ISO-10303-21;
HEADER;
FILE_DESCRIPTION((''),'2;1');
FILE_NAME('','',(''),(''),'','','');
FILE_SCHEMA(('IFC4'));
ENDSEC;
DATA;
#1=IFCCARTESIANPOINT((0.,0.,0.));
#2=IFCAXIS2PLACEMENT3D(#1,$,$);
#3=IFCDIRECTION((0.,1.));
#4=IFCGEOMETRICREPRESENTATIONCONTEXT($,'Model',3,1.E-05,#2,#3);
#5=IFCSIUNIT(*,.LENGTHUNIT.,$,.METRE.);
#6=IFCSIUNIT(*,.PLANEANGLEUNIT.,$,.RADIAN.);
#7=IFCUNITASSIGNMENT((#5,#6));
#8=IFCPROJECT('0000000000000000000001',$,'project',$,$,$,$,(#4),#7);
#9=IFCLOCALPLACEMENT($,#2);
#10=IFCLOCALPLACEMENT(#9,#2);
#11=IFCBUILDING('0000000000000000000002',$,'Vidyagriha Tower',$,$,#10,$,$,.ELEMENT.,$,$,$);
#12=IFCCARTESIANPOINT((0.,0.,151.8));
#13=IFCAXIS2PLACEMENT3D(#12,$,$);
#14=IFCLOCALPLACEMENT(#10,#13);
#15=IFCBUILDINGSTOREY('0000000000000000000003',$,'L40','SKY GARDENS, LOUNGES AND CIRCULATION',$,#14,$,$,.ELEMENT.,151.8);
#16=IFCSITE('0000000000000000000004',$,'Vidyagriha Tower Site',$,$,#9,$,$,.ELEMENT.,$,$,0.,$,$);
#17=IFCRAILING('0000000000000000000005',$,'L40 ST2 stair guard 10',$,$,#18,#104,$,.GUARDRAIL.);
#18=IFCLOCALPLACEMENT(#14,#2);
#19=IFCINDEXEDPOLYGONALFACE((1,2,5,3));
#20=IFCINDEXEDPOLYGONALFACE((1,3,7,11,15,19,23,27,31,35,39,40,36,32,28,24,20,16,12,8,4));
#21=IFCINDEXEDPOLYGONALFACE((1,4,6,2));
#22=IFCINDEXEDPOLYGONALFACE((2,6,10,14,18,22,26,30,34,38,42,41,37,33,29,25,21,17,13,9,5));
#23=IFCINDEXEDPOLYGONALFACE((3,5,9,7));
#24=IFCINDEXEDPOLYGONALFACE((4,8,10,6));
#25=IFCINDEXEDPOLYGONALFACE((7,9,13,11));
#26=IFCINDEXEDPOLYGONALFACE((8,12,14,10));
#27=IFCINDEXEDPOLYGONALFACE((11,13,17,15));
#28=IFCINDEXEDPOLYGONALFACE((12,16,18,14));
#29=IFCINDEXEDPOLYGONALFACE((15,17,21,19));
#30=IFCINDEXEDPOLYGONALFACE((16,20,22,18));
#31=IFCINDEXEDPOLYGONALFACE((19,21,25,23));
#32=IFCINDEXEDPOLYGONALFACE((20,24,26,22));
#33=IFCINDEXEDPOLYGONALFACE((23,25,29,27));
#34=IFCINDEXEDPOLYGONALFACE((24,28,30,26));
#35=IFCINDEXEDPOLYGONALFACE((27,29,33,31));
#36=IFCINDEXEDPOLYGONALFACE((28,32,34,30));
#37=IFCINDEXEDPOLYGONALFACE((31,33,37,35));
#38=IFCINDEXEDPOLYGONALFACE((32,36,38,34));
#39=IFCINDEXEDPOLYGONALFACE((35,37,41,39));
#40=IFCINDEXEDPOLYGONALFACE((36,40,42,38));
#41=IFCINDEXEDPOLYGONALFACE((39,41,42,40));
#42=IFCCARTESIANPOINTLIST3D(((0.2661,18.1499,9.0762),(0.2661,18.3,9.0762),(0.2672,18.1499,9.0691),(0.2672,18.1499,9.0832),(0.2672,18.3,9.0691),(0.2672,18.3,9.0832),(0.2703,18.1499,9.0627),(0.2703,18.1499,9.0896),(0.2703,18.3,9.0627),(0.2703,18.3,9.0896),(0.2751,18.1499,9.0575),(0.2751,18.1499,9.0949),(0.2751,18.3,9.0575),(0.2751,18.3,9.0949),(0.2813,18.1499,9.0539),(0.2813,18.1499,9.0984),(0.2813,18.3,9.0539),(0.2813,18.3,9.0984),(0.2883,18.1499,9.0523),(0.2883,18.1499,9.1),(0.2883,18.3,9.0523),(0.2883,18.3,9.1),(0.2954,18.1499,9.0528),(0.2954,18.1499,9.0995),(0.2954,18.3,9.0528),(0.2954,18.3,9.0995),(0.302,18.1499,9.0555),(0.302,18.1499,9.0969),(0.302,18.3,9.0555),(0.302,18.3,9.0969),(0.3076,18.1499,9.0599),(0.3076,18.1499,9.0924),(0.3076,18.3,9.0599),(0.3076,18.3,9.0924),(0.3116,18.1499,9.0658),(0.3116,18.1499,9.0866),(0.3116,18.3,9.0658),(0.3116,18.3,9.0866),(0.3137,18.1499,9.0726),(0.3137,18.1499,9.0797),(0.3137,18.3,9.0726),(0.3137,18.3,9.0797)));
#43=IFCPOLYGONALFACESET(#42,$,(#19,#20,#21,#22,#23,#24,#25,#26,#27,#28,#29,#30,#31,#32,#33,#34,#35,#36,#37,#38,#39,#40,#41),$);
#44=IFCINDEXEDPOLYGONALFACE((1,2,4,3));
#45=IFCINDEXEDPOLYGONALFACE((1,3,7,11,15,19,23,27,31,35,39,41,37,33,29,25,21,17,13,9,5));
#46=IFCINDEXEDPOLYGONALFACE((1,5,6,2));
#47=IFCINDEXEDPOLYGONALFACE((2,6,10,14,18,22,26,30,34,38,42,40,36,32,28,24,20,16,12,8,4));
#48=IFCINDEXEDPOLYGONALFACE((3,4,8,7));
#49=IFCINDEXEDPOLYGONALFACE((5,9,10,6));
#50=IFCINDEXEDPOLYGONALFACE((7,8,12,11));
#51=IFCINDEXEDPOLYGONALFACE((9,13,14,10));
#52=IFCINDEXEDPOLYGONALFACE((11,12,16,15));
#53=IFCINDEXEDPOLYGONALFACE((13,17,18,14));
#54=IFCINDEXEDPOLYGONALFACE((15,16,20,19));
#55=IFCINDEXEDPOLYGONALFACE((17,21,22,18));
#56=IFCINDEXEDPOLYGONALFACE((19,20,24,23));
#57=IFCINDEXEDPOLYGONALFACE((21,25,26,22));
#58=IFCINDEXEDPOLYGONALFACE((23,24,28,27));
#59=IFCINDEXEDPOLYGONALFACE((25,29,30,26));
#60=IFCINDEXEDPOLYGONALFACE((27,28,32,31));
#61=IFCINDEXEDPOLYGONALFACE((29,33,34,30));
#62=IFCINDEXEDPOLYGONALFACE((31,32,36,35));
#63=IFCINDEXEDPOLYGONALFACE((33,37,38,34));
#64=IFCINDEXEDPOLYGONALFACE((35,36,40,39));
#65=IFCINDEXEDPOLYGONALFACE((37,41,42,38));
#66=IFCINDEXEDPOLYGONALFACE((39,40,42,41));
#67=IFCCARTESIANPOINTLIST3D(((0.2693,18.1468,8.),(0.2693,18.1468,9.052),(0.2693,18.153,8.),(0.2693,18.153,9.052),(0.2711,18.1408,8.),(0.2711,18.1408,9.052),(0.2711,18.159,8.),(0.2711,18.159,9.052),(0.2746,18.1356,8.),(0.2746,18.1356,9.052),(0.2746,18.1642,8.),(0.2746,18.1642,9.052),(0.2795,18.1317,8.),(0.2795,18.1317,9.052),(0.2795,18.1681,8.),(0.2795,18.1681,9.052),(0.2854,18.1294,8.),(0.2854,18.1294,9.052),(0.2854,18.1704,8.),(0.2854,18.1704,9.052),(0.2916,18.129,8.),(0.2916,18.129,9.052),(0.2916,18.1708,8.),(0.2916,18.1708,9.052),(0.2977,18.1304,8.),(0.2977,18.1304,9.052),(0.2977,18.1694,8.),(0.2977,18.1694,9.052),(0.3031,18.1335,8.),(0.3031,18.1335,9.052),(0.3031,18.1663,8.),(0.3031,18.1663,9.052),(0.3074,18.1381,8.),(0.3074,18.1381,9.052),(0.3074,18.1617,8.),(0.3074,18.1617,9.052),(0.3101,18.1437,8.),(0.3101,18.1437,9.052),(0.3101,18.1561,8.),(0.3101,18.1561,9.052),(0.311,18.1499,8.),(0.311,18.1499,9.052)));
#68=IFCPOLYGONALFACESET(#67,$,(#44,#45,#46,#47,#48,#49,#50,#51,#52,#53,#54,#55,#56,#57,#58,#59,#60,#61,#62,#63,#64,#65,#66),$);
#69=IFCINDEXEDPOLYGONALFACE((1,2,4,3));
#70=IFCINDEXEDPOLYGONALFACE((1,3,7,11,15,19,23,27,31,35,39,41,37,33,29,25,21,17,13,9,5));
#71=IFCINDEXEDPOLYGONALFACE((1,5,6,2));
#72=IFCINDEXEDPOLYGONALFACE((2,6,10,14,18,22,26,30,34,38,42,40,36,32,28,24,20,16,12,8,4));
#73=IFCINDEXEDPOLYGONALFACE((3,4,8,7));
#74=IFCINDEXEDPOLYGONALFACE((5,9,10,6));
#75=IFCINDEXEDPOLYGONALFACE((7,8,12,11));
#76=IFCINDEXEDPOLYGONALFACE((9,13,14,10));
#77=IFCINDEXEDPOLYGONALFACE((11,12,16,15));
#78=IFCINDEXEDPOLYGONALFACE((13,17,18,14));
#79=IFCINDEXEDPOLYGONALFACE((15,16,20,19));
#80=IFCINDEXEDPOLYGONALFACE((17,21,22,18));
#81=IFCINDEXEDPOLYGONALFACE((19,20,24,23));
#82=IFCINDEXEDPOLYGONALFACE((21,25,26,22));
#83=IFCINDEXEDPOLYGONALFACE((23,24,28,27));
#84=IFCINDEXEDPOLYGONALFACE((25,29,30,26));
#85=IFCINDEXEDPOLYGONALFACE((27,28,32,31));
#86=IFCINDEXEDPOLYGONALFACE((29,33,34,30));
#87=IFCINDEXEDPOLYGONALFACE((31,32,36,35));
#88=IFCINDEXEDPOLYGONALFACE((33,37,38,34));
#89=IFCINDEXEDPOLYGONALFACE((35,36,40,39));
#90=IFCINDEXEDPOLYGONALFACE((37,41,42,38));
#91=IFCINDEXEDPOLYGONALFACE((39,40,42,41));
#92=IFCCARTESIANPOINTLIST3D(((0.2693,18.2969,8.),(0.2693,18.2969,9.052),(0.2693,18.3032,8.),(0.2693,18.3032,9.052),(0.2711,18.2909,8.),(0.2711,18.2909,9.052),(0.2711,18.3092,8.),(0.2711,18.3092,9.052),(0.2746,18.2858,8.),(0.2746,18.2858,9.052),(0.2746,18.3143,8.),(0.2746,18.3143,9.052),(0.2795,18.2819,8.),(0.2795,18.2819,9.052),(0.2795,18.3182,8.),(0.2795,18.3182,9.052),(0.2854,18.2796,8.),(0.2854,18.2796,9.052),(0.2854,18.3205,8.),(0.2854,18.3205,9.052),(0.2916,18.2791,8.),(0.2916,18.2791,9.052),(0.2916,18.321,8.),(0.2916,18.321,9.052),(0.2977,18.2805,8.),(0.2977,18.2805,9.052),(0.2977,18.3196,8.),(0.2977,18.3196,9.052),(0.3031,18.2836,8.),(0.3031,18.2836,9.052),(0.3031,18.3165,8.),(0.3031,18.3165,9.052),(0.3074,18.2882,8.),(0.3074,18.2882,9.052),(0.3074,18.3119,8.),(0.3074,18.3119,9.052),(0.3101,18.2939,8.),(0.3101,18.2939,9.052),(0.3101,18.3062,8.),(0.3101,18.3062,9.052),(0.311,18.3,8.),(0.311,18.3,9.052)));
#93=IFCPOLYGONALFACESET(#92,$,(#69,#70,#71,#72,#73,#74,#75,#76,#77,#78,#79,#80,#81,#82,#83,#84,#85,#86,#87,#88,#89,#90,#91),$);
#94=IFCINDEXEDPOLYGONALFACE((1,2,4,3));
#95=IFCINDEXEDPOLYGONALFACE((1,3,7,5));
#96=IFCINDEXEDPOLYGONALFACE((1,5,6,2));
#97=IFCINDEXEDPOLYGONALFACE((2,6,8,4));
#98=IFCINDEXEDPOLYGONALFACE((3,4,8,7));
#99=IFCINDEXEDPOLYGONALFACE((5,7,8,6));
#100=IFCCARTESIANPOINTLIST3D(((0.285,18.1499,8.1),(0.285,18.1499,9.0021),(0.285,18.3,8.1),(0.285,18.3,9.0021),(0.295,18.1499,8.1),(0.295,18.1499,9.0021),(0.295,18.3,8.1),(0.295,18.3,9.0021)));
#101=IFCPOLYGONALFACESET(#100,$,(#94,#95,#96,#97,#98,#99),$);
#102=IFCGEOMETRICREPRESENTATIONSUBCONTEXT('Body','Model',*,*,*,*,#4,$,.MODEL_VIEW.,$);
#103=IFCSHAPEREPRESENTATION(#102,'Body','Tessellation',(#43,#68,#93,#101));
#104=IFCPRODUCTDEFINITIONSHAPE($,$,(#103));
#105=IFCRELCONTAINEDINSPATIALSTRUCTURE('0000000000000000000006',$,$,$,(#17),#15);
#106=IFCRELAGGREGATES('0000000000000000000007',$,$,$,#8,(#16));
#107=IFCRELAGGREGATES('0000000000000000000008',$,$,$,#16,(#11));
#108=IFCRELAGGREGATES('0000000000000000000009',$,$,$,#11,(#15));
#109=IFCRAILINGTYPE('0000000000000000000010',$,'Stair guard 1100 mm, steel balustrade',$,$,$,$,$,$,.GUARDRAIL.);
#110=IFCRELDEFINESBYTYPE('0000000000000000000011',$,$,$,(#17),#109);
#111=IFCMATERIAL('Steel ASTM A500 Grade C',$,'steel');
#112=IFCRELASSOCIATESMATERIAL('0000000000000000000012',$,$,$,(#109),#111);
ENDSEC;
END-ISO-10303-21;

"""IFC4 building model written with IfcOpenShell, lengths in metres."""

from ifc_helpers import new_model, si_unit, direction, frame, origin, origin_2d, place, context, subcontext, project, spatial, rectangle, circle, extrude, material, type_object, element, save


model = new_model("IFC4")

# Units and contexts
model_context = context("Model", 3, precision=1e-05, world=origin(), true_north=direction((0.0, 1.0)))
body_context = subcontext(model_context, "Body", "Model", "MODEL_VIEW")
ifc_project = project(units=[si_unit("LENGTHUNIT", "METRE"), si_unit("PLANEANGLEUNIT", "RADIAN")], contexts=[model_context])

# Site, building, storey
site_placement = place(None, origin())
site = spatial("IfcSite", under=ifc_project, at=site_placement, Name="Vidyagriha Tower Site", CompositionType="ELEMENT", RefElevation=0.0)
building_placement = place(site_placement, origin())
building = spatial("IfcBuilding", under=site, at=building_placement, Name="Vidyagriha Tower", CompositionType="ELEMENT")
storey_placement = place(building_placement, frame((0.0, 0.0, 151.8)))
storey = spatial("IfcBuildingStorey", under=building, at=storey_placement, Name="L40", Description="SKY GARDENS, LOUNGES AND CIRCULATION", CompositionType="ELEMENT", Elevation=151.8)

# Railing
ifc_material_1 = material(Name="Steel ASTM A500 Grade C", Category="steel")
railing_type_1 = type_object("IfcRailingType", Name="Stair guard 1100 mm, steel balustrade", PredefinedType="GUARDRAIL", material=ifc_material_1)
railing_1_placement = place(storey_placement, frame((0.29, 18.1499, 8.0)))
element("IfcRailing", 1, at=railing_1_placement, inside=storey, type_object=railing_type_1, Name="L40 ST2 stair guard 10", PredefinedType="GUARDRAIL", context=body_context, shape_type="SweptSolid", body=[
    extrude(circle(Radius=0.0239, at=origin_2d()), frame((0.0, 0.0, 1.0762), z_axis=(0.0, 1.0, 0.0), x_axis=(-1.0, 0.0, 0.0)), (0.0, 0.0, 1.0), 0.1501),
    extrude(circle(Radius=0.021, at=origin_2d()), origin(), (0.0, 0.0, 1.0), 1.052),
    extrude(circle(Radius=0.021, at=origin_2d()), frame((0.0, 0.1501, 0.0)), (0.0, 0.0, 1.0), 1.052),
    extrude(rectangle(XDim=0.01, YDim=0.9021, at=origin_2d()), frame((0.0, 0.0, 0.551), z_axis=(0.0, 1.0, 0.0), x_axis=(-1.0, 0.0, 0.0)), (0.0, 0.0, 1.0), 0.1501),
])

save(model, "model.ifc")
